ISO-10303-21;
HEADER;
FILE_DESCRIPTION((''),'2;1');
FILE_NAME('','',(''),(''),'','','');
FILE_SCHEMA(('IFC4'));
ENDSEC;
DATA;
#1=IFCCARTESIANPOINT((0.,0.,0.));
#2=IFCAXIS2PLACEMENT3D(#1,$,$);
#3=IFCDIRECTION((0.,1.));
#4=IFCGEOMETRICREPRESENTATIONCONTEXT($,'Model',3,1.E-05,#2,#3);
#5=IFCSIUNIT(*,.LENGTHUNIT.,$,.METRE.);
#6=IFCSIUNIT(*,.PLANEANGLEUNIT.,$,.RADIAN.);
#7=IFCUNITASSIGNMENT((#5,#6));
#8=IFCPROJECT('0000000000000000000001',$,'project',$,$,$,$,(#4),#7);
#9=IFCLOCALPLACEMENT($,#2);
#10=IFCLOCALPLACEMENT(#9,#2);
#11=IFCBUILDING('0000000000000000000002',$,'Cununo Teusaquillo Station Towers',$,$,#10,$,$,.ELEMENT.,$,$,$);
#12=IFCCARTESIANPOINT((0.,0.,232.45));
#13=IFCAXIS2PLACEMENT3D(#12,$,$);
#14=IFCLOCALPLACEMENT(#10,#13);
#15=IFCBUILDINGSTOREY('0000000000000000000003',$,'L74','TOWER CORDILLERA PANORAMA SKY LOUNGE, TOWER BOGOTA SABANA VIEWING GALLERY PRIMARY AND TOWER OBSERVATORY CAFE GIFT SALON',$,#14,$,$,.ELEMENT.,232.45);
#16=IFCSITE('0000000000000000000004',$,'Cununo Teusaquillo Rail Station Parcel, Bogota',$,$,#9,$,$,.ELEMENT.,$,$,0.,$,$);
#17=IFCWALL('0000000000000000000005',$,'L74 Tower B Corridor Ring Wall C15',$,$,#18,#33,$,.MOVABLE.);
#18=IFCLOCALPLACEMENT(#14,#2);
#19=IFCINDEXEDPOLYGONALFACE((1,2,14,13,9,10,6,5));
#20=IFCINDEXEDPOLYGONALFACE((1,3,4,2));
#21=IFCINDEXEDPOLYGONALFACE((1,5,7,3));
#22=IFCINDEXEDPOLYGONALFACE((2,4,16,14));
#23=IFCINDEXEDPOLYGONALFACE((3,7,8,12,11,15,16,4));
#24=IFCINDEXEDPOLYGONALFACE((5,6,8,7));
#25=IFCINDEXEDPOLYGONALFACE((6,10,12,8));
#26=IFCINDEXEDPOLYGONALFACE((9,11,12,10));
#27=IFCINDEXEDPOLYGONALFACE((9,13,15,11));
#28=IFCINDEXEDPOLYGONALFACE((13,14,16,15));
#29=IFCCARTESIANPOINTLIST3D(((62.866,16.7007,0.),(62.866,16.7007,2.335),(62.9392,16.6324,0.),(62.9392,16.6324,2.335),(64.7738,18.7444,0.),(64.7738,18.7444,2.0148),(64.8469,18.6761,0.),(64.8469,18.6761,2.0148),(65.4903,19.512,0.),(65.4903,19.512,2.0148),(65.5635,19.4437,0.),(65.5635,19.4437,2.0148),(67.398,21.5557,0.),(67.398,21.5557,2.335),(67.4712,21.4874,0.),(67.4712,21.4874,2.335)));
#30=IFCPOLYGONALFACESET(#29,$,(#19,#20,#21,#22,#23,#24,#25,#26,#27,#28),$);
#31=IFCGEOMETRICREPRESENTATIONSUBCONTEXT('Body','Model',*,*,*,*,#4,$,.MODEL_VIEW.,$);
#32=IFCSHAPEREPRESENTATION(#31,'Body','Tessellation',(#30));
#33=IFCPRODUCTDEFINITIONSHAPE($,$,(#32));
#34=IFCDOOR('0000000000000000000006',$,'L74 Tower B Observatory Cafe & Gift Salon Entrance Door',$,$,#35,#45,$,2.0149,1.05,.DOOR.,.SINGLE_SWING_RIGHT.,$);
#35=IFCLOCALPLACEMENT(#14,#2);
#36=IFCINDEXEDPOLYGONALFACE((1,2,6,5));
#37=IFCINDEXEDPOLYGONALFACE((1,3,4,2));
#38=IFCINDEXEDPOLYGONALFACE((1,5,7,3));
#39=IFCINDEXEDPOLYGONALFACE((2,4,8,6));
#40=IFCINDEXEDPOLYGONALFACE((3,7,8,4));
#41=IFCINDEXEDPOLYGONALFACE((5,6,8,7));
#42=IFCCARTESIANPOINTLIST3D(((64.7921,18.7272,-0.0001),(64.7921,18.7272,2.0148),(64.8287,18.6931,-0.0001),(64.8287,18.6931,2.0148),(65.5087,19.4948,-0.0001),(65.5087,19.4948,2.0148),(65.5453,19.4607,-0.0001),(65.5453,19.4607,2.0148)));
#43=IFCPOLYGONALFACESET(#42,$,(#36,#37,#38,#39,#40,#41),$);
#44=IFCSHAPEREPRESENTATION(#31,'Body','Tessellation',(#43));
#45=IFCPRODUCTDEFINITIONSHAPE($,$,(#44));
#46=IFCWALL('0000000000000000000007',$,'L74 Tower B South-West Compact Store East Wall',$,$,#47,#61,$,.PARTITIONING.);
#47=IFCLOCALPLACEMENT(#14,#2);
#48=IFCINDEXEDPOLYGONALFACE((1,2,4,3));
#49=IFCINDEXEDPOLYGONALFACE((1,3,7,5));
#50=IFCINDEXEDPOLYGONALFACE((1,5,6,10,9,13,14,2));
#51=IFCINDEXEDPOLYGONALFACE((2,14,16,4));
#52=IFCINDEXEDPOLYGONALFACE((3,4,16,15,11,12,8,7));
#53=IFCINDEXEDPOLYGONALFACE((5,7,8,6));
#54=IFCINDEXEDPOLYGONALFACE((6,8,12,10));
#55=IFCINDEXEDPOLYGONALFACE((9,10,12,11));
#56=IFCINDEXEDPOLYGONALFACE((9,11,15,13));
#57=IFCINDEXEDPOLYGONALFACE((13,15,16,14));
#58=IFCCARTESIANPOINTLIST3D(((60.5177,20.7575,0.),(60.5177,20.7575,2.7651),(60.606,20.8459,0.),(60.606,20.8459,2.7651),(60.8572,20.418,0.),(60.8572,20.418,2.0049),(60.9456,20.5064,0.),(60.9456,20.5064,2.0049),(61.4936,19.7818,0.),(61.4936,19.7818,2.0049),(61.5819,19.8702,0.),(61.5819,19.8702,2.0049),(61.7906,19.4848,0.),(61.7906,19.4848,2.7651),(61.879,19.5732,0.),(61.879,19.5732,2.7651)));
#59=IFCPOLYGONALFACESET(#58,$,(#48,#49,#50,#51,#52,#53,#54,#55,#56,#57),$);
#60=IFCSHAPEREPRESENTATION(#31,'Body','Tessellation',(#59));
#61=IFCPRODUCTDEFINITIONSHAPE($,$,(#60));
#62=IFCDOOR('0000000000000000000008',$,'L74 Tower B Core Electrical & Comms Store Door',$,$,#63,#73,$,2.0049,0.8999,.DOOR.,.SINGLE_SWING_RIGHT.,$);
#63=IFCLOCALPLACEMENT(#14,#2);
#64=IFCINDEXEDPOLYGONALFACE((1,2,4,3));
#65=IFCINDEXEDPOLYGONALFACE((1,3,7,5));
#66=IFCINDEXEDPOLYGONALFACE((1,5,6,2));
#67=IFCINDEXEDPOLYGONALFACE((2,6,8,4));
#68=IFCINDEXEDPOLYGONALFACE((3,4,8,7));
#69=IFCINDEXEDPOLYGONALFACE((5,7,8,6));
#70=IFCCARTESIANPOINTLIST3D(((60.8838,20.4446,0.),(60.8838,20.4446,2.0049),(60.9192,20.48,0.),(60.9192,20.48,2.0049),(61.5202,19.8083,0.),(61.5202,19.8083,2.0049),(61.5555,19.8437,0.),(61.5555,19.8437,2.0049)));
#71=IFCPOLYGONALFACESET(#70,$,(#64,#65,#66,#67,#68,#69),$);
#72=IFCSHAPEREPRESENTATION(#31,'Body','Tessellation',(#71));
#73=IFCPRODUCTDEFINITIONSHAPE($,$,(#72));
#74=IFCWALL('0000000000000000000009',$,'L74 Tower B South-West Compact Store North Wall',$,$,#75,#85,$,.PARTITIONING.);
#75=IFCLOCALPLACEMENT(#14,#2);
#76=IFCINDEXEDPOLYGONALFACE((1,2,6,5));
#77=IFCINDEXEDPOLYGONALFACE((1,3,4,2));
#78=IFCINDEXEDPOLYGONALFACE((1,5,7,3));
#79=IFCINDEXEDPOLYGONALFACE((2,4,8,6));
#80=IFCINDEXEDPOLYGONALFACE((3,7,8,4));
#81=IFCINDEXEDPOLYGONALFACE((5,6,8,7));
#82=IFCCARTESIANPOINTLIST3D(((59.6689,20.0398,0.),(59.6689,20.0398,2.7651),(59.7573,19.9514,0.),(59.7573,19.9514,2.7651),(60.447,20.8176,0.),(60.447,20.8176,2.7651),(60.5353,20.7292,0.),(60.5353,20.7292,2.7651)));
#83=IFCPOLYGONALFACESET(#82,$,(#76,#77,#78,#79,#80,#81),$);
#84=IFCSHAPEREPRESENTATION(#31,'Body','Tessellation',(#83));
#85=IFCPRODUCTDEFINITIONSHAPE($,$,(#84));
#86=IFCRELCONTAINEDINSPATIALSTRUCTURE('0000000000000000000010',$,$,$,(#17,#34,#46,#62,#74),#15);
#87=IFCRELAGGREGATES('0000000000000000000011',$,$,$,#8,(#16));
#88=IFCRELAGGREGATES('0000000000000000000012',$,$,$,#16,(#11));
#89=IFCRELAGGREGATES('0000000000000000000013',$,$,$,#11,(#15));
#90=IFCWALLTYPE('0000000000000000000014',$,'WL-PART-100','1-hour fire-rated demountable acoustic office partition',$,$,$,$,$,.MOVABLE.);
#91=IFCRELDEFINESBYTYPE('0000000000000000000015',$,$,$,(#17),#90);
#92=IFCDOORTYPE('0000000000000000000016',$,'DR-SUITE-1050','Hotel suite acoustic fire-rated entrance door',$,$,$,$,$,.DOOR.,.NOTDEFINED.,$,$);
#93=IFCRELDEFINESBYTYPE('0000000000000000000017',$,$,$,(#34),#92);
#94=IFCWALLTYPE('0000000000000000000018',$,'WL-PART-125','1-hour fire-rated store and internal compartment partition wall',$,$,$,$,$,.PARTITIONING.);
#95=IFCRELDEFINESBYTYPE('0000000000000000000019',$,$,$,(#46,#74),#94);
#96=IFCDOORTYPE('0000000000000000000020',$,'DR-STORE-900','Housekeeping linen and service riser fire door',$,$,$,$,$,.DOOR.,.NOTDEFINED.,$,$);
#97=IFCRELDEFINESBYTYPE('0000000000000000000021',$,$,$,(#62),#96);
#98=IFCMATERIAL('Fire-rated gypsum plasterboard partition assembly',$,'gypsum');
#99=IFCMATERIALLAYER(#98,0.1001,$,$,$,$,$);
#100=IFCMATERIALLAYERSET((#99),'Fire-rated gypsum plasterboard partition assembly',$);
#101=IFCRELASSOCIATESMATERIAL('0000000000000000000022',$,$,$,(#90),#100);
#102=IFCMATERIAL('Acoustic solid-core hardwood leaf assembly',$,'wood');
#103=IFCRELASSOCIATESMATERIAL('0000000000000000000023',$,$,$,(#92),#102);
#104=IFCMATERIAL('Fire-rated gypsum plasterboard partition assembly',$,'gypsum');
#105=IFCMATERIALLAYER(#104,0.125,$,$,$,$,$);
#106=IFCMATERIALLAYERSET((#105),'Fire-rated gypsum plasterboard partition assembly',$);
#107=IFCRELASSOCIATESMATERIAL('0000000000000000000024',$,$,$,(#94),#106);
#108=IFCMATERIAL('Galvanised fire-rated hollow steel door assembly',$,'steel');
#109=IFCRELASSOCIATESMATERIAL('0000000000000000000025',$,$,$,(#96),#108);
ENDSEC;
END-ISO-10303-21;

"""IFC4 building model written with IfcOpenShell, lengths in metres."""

from ifc_helpers import new_model, si_unit, direction, frame, frame_2d, origin, place, context, subcontext, project, spatial, rectangle, extrude, source, transform, mapped, material, layer, layer_set, type_object, element, fill, save


model = new_model("IFC4")

# Units and contexts
model_context = context("Model", 3, precision=1e-05, world=origin(), true_north=direction((0.0, 1.0)))
body_context = subcontext(model_context, "Body", "Model", "MODEL_VIEW")
ifc_project = project(units=[si_unit("LENGTHUNIT", "METRE"), si_unit("PLANEANGLEUNIT", "RADIAN")], contexts=[model_context])

# Site, building, storey
site_placement = place(None, origin())
site = spatial("IfcSite", under=ifc_project, at=site_placement, Name="Cununo Teusaquillo Rail Station Parcel, Bogota", CompositionType="ELEMENT", RefElevation=0.0)
building_placement = place(site_placement, origin())
building = spatial("IfcBuilding", under=site, at=building_placement, Name="Cununo Teusaquillo Station Towers", CompositionType="ELEMENT")
storey_placement = place(building_placement, frame((0.0, 0.0, 232.45)))
storey = spatial("IfcBuildingStorey", under=building, at=storey_placement, Name="L74", Description="TOWER CORDILLERA PANORAMA SKY LOUNGE, TOWER BOGOTA SABANA VIEWING GALLERY PRIMARY AND TOWER OBSERVATORY CAFE GIFT SALON", CompositionType="ELEMENT", Elevation=232.45)

# Walls, openings, doors
ifc_material_1 = material(Name="Fire-rated gypsum plasterboard partition assembly", Category="gypsum")
ifc_layer_1 = layer(ifc_material_1, 0.1001)
ifc_layer_set_1 = layer_set([ifc_layer_1], Name="Fire-rated gypsum plasterboard partition assembly")
wall_type_1 = type_object("IfcWallType", Name="WL-PART-100", Description="1-hour fire-rated demountable acoustic office partition", PredefinedType="MOVABLE", material=ifc_layer_set_1)
wall_1_placement = place(storey_placement, frame((62.9026, 16.6665, 0.0), z_axis=(0.0, 0.0, 1.0), x_axis=(0.682372, 0.731005, 0.0)))
wall_1 = element("IfcWall", 1, at=wall_1_placement, inside=storey, type_object=wall_type_1, Name="L74 Tower B Corridor Ring Wall C15", PredefinedType="MOVABLE", context=body_context, shape_type="SweptSolid", body=[
    extrude(rectangle(XDim=6.6416, YDim=0.1001, at=frame_2d((3.3208, 0.0))), origin(), (0.0, 0.0, 1.0), 2.335),
])
shared_shape_1 = source(origin(), body_context, "Body", "SweptSolid", [
    extrude(rectangle(XDim=1.05, YDim=2.0149, at=frame_2d((0.5249, 1.0073))), frame((0.0, 0.0601, 0.0), z_axis=(0.0, -1.0, 0.0), x_axis=(1.0, 0.0, 0.0)), (0.0, 0.0, 1.0), 0.1201),
])
opening_1_placement = place(wall_1_placement, frame((2.7959, 0.0, 0.0)))
opening_1 = element("IfcOpeningElement", 2, at=opening_1_placement, cuts=wall_1, PredefinedType="OPENING", context=body_context, shape_type="MappedRepresentation", body=[
    mapped(shared_shape_1, transform((0.0, 0.0, 0.0), x_axis=(1.0, 0.0, 0.0), y_axis=(0.0, 1.0, 0.0), z_axis=(0.0, 0.0, 1.0), scale=1.0)),
])
ifc_material_2 = material(Name="Acoustic solid-core hardwood leaf assembly", Category="wood")
door_type_1 = type_object("IfcDoorType", Name="DR-SUITE-1050", Description="Hotel suite acoustic fire-rated entrance door", OperationType="NOTDEFINED", PredefinedType="DOOR", material=ifc_material_2)
shared_shape_2 = source(origin(), body_context, "Body", "SweptSolid", [
    extrude(rectangle(XDim=1.05, YDim=2.0149, at=frame_2d((0.5249, 1.0073))), frame((0.0, 0.0249, 0.0), z_axis=(0.0, -1.0, 0.0), x_axis=(1.0, 0.0, 0.0)), (0.0, 0.0, 1.0), 0.05),
])
door_1_placement = place(opening_1_placement, origin())
door_1 = element("IfcDoor", 3, at=door_1_placement, inside=storey, type_object=door_type_1, Name="L74 Tower B Observatory Cafe & Gift Salon Entrance Door", OperationType="SINGLE_SWING_RIGHT", OverallHeight=2.0149, OverallWidth=1.05, PredefinedType="DOOR", context=body_context, shape_type="MappedRepresentation", body=[
    mapped(shared_shape_2, transform((0.0, 0.0, 0.0), x_axis=(1.0, 0.0, 0.0), y_axis=(0.0, 1.0, 0.0), z_axis=(0.0, 0.0, 1.0), scale=1.0)),
])
fill(opening_1, door_1)
ifc_material_3 = material(Name="Fire-rated gypsum plasterboard partition assembly", Category="gypsum")
ifc_layer_2 = layer(ifc_material_3, 0.125)
ifc_layer_set_2 = layer_set([ifc_layer_2], Name="Fire-rated gypsum plasterboard partition assembly")
wall_type_2 = type_object("IfcWallType", Name="WL-PART-125", Description="1-hour fire-rated store and internal compartment partition wall", PredefinedType="PARTITIONING", material=ifc_layer_set_2)
wall_2_placement = place(storey_placement, frame((61.8347, 19.5291, 0.0), z_axis=(0.0, 0.0, 1.0), x_axis=(-0.707175, 0.707039, 0.0)))
wall_2 = element("IfcWall", 4, at=wall_2_placement, inside=storey, type_object=wall_type_2, Name="L74 Tower B South-West Compact Store East Wall", PredefinedType="PARTITIONING", context=body_context, shape_type="SweptSolid", body=[
    extrude(rectangle(XDim=1.8, YDim=0.125, at=frame_2d((0.8999, 0.0))), origin(), (0.0, 0.0, 1.0), 2.7651),
])
shared_shape_3 = source(origin(), body_context, "Body", "SweptSolid", [
    extrude(rectangle(XDim=0.8999, YDim=2.0049, at=frame_2d((0.45, 1.0024))), frame((0.0, 0.0725, 0.0), z_axis=(0.0, -1.0, 0.0), x_axis=(1.0, 0.0, 0.0)), (0.0, 0.0, 1.0), 0.145),
])
opening_2_placement = place(wall_2_placement, frame((0.4199, 0.0, 0.0)))
opening_2 = element("IfcOpeningElement", 5, at=opening_2_placement, cuts=wall_2, PredefinedType="OPENING", context=body_context, shape_type="MappedRepresentation", body=[
    mapped(shared_shape_3, transform((0.0, 0.0, 0.0), x_axis=(1.0, 0.0, 0.0), y_axis=(0.0, 1.0, 0.0), z_axis=(0.0, 0.0, 1.0), scale=1.0)),
])
ifc_material_4 = material(Name="Galvanised fire-rated hollow steel door assembly", Category="steel")
door_type_2 = type_object("IfcDoorType", Name="DR-STORE-900", Description="Housekeeping linen and service riser fire door", OperationType="NOTDEFINED", PredefinedType="DOOR", material=ifc_material_4)
shared_shape_4 = source(origin(), body_context, "Body", "SweptSolid", [
    extrude(rectangle(XDim=0.8999, YDim=2.0049, at=frame_2d((0.45, 1.0024))), frame((0.0, 0.0249, 0.0), z_axis=(0.0, -1.0, 0.0), x_axis=(1.0, 0.0, 0.0)), (0.0, 0.0, 1.0), 0.05),
])
door_2_placement = place(opening_2_placement, origin())
door_2 = element("IfcDoor", 6, at=door_2_placement, inside=storey, type_object=door_type_2, Name="L74 Tower B Core Electrical & Comms Store Door", OperationType="SINGLE_SWING_RIGHT", OverallHeight=2.0049, OverallWidth=0.8999, PredefinedType="DOOR", context=body_context, shape_type="MappedRepresentation", body=[
    mapped(shared_shape_4, transform((0.0, 0.0, 0.0), x_axis=(1.0, 0.0, 0.0), y_axis=(0.0, 1.0, 0.0), z_axis=(0.0, 0.0, 1.0), scale=1.0)),
])
fill(opening_2, door_2)

# Wall
wall_3_placement = place(storey_placement, frame((59.7131, 19.9956, 0.0), z_axis=(0.0, 0.0, 1.0), x_axis=(0.707218, 0.706996, 0.0)))
element("IfcWall", 7, at=wall_3_placement, inside=storey, type_object=wall_type_2, Name="L74 Tower B South-West Compact Store North Wall", PredefinedType="PARTITIONING", context=body_context, shape_type="SweptSolid", body=[
    extrude(rectangle(XDim=1.1001, YDim=0.125, at=frame_2d((0.55, 0.0))), origin(), (0.0, 0.0, 1.0), 2.7651),
])

save(model, "model.ifc")
